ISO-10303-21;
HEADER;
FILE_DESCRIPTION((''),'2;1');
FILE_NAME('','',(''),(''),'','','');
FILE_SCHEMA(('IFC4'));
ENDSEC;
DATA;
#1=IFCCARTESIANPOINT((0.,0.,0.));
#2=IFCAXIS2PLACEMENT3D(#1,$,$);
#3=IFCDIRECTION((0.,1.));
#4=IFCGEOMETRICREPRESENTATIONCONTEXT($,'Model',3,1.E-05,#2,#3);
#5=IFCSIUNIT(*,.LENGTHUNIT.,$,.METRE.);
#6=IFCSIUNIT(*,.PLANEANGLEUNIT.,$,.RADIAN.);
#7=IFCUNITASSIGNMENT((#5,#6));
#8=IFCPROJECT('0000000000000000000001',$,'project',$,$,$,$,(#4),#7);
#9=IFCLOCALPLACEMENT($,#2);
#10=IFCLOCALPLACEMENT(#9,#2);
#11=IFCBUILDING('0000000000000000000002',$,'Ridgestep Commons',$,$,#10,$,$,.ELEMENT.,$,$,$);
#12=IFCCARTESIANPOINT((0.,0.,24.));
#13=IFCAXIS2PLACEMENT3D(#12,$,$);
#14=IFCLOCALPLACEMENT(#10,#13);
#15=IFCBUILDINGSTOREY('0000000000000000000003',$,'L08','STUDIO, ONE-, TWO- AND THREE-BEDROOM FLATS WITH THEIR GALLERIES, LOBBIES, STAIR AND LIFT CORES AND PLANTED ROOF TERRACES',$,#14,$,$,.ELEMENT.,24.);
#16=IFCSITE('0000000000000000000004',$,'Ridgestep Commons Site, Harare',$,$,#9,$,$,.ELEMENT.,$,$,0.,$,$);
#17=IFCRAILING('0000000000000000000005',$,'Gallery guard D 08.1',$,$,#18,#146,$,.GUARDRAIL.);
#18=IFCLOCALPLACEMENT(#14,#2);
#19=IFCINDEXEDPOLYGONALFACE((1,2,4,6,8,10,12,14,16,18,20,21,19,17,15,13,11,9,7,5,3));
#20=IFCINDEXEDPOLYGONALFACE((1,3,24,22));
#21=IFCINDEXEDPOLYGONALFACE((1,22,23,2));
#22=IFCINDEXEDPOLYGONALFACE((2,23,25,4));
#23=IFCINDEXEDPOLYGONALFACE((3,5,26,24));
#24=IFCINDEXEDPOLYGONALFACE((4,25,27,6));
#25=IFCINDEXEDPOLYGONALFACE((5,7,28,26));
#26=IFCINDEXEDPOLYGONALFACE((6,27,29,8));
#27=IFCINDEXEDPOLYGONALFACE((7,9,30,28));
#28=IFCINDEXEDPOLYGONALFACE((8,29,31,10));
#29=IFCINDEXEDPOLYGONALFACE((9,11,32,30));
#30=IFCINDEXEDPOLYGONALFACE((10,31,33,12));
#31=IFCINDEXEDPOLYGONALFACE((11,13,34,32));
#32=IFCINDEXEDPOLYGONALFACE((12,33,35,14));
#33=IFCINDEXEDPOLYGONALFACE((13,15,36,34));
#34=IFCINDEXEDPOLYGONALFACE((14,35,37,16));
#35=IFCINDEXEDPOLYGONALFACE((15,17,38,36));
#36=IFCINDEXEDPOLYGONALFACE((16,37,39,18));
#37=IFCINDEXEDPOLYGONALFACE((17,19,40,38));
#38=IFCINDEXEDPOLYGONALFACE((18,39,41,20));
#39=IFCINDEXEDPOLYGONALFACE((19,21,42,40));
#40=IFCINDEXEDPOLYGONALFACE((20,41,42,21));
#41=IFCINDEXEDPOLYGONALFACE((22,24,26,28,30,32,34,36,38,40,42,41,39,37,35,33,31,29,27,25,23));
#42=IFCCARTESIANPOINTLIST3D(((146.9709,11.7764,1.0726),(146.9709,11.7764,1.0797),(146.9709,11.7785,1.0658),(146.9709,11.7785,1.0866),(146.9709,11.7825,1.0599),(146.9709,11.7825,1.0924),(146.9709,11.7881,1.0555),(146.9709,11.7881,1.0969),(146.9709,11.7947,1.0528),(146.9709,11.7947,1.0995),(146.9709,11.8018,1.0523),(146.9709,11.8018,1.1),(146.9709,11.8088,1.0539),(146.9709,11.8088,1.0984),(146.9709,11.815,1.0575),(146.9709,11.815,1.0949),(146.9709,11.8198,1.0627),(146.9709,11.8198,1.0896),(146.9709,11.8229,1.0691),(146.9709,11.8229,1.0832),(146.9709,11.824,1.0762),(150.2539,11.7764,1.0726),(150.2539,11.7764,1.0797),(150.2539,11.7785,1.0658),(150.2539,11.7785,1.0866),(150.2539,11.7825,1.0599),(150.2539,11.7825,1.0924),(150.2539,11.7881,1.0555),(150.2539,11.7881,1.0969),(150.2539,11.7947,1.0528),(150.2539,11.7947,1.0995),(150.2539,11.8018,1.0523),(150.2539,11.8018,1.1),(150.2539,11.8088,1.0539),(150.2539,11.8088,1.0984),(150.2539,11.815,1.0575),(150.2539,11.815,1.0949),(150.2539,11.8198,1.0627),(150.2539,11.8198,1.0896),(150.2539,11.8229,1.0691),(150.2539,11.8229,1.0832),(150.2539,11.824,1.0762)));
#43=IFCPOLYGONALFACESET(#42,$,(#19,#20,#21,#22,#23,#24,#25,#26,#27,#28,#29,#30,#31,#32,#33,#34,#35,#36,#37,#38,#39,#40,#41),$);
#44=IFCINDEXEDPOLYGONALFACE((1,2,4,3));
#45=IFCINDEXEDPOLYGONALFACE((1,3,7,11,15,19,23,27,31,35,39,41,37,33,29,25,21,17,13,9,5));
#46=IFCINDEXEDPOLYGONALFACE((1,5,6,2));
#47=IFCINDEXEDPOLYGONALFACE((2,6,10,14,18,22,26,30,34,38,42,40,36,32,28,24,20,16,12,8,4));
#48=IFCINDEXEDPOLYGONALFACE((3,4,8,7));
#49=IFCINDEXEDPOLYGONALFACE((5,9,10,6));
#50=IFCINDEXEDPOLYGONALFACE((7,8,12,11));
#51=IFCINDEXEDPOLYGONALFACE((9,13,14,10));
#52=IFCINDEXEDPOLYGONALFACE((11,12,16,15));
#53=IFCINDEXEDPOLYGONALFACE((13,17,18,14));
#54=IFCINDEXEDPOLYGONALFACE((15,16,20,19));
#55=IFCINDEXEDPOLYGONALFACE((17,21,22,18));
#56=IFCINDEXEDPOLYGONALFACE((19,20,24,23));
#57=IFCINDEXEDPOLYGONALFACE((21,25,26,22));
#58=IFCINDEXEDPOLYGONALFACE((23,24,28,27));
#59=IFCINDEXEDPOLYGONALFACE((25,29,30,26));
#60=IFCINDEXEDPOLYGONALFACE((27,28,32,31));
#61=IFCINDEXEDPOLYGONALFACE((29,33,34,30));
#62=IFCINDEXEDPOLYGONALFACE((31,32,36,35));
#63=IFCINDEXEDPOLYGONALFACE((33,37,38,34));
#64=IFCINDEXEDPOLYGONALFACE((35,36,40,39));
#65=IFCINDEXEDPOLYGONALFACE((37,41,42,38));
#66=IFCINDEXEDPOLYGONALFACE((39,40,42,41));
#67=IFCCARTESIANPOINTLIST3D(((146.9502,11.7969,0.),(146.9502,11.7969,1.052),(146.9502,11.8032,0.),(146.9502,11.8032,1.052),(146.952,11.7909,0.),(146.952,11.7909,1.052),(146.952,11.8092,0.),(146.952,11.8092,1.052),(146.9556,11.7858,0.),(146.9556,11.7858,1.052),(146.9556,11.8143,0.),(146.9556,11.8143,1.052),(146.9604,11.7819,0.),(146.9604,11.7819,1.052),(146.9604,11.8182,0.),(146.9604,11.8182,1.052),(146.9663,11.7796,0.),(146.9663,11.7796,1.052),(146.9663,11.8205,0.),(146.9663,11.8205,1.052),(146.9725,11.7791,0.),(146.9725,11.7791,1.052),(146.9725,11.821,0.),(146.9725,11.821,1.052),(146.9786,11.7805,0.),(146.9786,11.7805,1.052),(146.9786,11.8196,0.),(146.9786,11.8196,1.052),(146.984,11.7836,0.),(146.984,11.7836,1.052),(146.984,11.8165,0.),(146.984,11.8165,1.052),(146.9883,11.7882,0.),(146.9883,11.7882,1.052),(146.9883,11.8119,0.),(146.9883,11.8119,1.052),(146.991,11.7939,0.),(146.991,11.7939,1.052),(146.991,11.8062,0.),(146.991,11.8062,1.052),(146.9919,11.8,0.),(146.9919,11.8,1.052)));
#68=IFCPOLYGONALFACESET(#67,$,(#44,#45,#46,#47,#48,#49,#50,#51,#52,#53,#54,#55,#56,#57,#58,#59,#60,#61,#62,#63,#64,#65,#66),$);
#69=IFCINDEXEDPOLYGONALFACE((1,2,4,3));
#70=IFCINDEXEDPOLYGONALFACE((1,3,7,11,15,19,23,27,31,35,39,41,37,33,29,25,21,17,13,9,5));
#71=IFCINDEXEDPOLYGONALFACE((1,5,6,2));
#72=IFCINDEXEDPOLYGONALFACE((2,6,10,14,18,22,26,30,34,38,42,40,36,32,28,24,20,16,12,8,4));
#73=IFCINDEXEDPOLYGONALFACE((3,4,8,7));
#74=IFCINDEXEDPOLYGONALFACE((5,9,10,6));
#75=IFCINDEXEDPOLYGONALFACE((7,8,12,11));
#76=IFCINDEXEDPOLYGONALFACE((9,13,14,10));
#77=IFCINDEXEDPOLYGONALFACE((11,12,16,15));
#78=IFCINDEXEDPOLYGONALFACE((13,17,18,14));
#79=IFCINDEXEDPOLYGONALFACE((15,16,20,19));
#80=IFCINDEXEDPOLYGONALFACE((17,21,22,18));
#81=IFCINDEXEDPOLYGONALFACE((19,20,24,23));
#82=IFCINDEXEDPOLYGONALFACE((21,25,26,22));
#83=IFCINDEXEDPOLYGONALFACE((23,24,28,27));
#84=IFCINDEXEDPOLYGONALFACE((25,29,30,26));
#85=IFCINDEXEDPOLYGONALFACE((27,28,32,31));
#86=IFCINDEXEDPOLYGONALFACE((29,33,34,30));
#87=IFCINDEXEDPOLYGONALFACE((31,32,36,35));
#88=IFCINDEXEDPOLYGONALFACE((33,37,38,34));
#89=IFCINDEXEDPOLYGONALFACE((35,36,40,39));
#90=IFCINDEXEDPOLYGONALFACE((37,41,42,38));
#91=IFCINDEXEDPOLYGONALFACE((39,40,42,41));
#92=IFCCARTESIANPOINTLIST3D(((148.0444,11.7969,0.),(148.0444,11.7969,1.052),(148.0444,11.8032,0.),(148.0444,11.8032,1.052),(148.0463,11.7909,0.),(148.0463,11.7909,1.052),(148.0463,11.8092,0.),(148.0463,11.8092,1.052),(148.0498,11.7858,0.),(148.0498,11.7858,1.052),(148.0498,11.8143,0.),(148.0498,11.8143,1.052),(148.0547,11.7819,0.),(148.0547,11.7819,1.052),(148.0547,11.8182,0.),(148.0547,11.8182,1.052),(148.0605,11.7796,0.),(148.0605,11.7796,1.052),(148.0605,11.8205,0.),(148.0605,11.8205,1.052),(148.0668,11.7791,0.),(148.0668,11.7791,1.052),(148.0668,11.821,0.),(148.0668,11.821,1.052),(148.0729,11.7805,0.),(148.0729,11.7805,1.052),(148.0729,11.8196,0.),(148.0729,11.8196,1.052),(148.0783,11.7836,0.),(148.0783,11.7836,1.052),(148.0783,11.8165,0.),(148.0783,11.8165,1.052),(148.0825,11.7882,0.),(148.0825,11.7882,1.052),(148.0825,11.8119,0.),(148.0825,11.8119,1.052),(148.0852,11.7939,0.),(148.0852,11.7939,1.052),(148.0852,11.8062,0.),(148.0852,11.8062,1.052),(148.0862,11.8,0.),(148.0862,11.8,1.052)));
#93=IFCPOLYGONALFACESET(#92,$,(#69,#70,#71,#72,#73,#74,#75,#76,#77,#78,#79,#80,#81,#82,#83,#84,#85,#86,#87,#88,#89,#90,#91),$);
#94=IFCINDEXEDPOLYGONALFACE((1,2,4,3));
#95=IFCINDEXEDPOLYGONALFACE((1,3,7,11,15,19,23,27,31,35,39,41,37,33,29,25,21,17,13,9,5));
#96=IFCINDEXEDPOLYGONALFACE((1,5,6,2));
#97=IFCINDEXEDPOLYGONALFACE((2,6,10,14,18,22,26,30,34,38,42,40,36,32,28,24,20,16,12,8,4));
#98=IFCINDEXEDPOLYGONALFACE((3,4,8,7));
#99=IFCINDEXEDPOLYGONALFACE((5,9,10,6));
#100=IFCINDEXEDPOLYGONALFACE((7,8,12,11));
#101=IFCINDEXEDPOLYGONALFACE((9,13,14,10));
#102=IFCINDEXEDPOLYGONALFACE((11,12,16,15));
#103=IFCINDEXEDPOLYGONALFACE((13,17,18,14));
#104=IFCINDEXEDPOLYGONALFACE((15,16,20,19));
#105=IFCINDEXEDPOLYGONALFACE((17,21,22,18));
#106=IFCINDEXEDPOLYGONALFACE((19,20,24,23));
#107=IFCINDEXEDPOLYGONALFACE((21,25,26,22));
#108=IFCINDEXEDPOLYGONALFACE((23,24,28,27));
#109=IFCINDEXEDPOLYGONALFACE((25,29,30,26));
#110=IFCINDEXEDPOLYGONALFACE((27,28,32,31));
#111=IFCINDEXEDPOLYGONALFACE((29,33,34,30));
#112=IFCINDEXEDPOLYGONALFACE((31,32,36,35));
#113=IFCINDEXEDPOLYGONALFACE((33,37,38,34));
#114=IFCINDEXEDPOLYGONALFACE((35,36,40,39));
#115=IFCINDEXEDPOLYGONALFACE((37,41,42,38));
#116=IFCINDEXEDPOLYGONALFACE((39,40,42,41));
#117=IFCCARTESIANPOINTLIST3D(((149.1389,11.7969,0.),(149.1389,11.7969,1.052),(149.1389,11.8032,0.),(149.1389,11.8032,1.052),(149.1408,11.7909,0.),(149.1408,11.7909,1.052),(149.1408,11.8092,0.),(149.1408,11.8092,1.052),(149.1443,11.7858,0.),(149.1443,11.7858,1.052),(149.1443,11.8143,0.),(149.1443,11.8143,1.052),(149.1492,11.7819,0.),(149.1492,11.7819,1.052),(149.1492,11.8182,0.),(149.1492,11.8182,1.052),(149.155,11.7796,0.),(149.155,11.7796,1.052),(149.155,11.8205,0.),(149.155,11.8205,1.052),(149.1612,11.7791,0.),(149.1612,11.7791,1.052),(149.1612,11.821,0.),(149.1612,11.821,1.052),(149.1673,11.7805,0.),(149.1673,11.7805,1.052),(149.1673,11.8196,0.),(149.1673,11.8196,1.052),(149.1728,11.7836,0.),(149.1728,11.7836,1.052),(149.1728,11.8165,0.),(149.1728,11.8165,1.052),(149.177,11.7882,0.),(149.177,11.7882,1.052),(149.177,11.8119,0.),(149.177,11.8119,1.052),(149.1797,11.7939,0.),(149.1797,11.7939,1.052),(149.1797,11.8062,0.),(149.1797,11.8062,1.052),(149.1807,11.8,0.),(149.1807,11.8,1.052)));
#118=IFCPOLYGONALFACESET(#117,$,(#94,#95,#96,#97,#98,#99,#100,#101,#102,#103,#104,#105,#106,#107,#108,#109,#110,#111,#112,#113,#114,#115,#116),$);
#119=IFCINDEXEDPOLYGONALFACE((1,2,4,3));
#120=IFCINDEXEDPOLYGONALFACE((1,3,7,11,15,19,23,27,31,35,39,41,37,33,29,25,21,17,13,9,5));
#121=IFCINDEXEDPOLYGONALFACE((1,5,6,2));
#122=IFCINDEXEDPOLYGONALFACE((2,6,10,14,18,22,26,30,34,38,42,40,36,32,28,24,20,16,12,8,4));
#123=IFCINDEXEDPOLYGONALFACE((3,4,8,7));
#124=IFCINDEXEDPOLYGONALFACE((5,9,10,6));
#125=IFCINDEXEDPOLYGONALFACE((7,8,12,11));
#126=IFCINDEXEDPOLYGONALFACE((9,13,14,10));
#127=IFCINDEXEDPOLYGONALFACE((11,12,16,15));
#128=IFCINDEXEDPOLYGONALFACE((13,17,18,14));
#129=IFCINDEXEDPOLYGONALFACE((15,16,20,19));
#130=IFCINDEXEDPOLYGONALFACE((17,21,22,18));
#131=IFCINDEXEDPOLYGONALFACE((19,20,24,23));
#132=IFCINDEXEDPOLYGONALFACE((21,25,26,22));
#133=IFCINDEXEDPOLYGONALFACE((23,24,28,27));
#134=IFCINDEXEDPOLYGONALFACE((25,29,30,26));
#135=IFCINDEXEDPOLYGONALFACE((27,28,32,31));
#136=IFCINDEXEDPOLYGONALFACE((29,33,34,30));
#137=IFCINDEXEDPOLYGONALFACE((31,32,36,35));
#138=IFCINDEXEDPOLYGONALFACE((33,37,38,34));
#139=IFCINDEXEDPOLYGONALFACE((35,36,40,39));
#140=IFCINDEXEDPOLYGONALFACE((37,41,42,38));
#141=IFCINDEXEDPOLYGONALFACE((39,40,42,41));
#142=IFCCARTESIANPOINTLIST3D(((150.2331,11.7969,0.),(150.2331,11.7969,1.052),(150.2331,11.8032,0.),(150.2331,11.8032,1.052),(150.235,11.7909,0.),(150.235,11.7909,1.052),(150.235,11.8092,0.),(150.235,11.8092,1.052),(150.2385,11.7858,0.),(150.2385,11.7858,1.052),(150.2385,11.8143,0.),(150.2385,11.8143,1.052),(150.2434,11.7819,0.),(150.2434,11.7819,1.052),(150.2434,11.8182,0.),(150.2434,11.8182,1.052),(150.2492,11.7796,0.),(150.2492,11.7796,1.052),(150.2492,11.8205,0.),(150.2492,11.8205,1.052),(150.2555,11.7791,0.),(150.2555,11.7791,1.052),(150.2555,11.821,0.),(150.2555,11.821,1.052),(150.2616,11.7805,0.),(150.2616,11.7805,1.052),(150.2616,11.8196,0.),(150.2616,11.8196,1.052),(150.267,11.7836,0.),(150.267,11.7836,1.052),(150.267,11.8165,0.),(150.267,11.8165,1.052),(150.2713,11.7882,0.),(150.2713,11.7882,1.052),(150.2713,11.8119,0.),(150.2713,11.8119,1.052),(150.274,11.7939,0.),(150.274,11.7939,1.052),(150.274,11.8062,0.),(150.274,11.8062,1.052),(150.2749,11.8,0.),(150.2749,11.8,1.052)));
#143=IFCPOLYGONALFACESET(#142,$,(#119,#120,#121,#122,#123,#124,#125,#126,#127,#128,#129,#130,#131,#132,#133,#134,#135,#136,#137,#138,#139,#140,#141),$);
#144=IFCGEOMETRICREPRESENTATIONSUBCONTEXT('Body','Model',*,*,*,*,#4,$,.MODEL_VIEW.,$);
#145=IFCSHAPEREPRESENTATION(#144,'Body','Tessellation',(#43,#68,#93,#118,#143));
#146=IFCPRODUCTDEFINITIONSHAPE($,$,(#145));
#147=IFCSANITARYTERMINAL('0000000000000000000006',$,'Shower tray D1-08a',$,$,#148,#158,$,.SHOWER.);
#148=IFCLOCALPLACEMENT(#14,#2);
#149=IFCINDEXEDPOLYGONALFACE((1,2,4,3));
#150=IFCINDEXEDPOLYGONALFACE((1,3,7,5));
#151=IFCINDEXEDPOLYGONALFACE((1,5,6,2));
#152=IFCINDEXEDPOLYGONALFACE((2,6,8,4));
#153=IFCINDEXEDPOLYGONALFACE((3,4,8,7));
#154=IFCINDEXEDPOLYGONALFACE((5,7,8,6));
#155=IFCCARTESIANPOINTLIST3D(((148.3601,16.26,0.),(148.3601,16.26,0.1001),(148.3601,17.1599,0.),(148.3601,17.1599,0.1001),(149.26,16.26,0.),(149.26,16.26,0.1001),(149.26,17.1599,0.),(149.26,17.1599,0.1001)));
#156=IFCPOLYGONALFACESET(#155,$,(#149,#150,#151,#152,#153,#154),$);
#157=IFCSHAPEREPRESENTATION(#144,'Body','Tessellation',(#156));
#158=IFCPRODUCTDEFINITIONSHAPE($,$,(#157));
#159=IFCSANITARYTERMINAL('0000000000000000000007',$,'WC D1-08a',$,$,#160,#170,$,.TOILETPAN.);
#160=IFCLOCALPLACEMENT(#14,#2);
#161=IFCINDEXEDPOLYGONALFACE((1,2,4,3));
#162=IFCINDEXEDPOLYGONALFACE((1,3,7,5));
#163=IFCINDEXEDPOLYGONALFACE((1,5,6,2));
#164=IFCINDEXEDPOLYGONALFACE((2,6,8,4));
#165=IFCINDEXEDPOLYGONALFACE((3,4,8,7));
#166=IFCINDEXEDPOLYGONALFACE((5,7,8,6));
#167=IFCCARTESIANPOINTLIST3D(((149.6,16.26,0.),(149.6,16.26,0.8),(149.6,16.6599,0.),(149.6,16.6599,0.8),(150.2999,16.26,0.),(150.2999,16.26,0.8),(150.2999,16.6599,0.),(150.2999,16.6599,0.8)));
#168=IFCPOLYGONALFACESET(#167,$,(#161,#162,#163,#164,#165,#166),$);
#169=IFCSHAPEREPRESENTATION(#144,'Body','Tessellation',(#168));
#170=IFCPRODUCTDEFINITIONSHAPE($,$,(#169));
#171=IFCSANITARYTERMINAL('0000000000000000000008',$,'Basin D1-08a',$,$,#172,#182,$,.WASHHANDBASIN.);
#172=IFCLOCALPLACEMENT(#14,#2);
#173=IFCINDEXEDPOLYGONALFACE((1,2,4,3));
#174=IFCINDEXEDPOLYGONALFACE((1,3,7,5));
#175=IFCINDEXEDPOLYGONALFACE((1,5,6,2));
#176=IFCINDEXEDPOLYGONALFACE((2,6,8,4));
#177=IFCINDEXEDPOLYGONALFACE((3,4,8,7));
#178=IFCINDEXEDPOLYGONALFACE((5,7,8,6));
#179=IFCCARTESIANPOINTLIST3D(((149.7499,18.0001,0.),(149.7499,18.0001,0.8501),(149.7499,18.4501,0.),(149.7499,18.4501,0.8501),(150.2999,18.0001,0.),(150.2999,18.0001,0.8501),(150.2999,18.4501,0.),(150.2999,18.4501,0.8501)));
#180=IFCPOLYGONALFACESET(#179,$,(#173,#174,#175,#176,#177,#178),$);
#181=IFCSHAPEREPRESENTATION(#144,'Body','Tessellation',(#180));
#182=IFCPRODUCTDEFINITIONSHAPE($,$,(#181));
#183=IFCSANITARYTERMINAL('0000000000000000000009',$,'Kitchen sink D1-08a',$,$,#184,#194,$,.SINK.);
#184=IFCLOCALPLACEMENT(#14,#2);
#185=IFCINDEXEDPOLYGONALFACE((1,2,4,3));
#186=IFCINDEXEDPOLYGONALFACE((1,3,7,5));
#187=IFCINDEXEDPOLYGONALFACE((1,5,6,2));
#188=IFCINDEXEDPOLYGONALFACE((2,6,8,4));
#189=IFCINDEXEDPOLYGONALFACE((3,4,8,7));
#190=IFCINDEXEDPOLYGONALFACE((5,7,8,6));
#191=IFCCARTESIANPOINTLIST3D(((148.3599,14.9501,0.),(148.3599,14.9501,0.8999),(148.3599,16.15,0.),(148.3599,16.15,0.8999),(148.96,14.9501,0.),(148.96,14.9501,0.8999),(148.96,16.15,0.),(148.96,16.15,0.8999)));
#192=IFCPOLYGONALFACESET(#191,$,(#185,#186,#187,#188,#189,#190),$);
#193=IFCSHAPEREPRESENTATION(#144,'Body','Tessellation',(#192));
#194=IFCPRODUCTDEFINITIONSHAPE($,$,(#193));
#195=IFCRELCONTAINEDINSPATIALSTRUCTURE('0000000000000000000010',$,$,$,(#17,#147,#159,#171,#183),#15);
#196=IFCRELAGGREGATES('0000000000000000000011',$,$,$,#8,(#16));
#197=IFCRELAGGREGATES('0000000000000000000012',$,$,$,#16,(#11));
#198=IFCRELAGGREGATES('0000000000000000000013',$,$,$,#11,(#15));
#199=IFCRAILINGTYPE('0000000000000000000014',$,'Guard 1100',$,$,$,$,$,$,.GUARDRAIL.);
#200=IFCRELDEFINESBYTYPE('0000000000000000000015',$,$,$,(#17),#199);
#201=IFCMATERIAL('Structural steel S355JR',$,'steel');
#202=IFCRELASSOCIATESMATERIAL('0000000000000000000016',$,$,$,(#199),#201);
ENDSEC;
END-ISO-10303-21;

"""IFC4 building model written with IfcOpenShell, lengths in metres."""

from ifc_helpers import new_model, si_unit, direction, frame, origin, origin_2d, place, context, subcontext, project, spatial, rectangle, circle, extrude, material, type_object, element, save


model = new_model("IFC4")

# Units and contexts
model_context = context("Model", 3, precision=1e-05, world=origin(), true_north=direction((0.0, 1.0)))
body_context = subcontext(model_context, "Body", "Model", "MODEL_VIEW")
ifc_project = project(units=[si_unit("LENGTHUNIT", "METRE"), si_unit("PLANEANGLEUNIT", "RADIAN")], contexts=[model_context])

# Site, building, storey
site_placement = place(None, origin())
site = spatial("IfcSite", under=ifc_project, at=site_placement, Name="Ridgestep Commons Site, Harare", CompositionType="ELEMENT", RefElevation=0.0)
building_placement = place(site_placement, origin())
building = spatial("IfcBuilding", under=site, at=building_placement, Name="Ridgestep Commons", CompositionType="ELEMENT")
storey_placement = place(building_placement, frame((0.0, 0.0, 24.0)))
storey = spatial("IfcBuildingStorey", under=building, at=storey_placement, Name="L08", Description="STUDIO, ONE-, TWO- AND THREE-BEDROOM FLATS WITH THEIR GALLERIES, LOBBIES, STAIR AND LIFT CORES AND PLANTED ROOF TERRACES", CompositionType="ELEMENT", Elevation=24.0)

# Railing
ifc_material_1 = material(Name="Structural steel S355JR", Category="steel")
railing_type = type_object("IfcRailingType", Name="Guard 1100", PredefinedType="GUARDRAIL", material=ifc_material_1)
railing_placement = place(storey_placement, frame((146.9709, 11.8, 0.0)))
element("IfcRailing", 1, at=railing_placement, inside=storey, type_object=railing_type, Name="Gallery guard D 08.1", PredefinedType="GUARDRAIL", context=body_context, shape_type="SweptSolid", body=[
    extrude(circle(Radius=0.0239, at=origin_2d()), frame((0.0, 0.0, 1.0762), z_axis=(1.0, 0.0, 0.0), x_axis=(0.0, 1.0, 0.0)), (0.0, 0.0, 1.0), 3.283),
    extrude(circle(Radius=0.021, at=origin_2d()), origin(), (0.0, 0.0, 1.0), 1.052),
    extrude(circle(Radius=0.021, at=origin_2d()), frame((1.0942, 0.0, 0.0)), (0.0, 0.0, 1.0), 1.052),
    extrude(circle(Radius=0.021, at=origin_2d()), frame((2.1887, 0.0, 0.0)), (0.0, 0.0, 1.0), 1.052),
    extrude(circle(Radius=0.021, at=origin_2d()), frame((3.283, 0.0, 0.0)), (0.0, 0.0, 1.0), 1.052),
])

# Sanitary terminals
sanitary_terminal_1_placement = place(storey_placement, frame((148.8101, 16.71, 0.0), z_axis=(0.0, 0.0, 1.0), x_axis=(1.0, 0.0, 0.0)))
element("IfcSanitaryTerminal", 2, at=sanitary_terminal_1_placement, inside=storey, Name="Shower tray D1-08a", PredefinedType="SHOWER", context=body_context, shape_type="SweptSolid", body=[
    extrude(rectangle(XDim=0.8999, YDim=0.8999, at=origin_2d()), origin(), (0.0, 0.0, 1.0), 0.1001),
])
sanitary_terminal_2_placement = place(storey_placement, frame((149.95, 16.46, 0.0), z_axis=(0.0, 0.0, 1.0), x_axis=(1.0, 0.0, 0.0)))
element("IfcSanitaryTerminal", 3, at=sanitary_terminal_2_placement, inside=storey, Name="WC D1-08a", PredefinedType="TOILETPAN", context=body_context, shape_type="SweptSolid", body=[
    extrude(rectangle(XDim=0.7, YDim=0.3999, at=origin_2d()), origin(), (0.0, 0.0, 1.0), 0.8),
])
sanitary_terminal_3_placement = place(storey_placement, frame((150.0249, 18.2251, 0.0), z_axis=(0.0, 0.0, 1.0), x_axis=(1.0, 0.0, 0.0)))
element("IfcSanitaryTerminal", 4, at=sanitary_terminal_3_placement, inside=storey, Name="Basin D1-08a", PredefinedType="WASHHANDBASIN", context=body_context, shape_type="SweptSolid", body=[
    extrude(rectangle(XDim=0.55, YDim=0.45, at=origin_2d()), origin(), (0.0, 0.0, 1.0), 0.8501),
])
sanitary_terminal_4_placement = place(storey_placement, frame((148.6599, 15.55, 0.0), z_axis=(0.0, 0.0, 1.0), x_axis=(1.0, 0.0, 0.0)))
element("IfcSanitaryTerminal", 5, at=sanitary_terminal_4_placement, inside=storey, Name="Kitchen sink D1-08a", PredefinedType="SINK", context=body_context, shape_type="SweptSolid", body=[
    extrude(rectangle(XDim=0.6001, YDim=1.2, at=origin_2d()), origin(), (0.0, 0.0, 1.0), 0.8999),
])

save(model, "model.ifc")
